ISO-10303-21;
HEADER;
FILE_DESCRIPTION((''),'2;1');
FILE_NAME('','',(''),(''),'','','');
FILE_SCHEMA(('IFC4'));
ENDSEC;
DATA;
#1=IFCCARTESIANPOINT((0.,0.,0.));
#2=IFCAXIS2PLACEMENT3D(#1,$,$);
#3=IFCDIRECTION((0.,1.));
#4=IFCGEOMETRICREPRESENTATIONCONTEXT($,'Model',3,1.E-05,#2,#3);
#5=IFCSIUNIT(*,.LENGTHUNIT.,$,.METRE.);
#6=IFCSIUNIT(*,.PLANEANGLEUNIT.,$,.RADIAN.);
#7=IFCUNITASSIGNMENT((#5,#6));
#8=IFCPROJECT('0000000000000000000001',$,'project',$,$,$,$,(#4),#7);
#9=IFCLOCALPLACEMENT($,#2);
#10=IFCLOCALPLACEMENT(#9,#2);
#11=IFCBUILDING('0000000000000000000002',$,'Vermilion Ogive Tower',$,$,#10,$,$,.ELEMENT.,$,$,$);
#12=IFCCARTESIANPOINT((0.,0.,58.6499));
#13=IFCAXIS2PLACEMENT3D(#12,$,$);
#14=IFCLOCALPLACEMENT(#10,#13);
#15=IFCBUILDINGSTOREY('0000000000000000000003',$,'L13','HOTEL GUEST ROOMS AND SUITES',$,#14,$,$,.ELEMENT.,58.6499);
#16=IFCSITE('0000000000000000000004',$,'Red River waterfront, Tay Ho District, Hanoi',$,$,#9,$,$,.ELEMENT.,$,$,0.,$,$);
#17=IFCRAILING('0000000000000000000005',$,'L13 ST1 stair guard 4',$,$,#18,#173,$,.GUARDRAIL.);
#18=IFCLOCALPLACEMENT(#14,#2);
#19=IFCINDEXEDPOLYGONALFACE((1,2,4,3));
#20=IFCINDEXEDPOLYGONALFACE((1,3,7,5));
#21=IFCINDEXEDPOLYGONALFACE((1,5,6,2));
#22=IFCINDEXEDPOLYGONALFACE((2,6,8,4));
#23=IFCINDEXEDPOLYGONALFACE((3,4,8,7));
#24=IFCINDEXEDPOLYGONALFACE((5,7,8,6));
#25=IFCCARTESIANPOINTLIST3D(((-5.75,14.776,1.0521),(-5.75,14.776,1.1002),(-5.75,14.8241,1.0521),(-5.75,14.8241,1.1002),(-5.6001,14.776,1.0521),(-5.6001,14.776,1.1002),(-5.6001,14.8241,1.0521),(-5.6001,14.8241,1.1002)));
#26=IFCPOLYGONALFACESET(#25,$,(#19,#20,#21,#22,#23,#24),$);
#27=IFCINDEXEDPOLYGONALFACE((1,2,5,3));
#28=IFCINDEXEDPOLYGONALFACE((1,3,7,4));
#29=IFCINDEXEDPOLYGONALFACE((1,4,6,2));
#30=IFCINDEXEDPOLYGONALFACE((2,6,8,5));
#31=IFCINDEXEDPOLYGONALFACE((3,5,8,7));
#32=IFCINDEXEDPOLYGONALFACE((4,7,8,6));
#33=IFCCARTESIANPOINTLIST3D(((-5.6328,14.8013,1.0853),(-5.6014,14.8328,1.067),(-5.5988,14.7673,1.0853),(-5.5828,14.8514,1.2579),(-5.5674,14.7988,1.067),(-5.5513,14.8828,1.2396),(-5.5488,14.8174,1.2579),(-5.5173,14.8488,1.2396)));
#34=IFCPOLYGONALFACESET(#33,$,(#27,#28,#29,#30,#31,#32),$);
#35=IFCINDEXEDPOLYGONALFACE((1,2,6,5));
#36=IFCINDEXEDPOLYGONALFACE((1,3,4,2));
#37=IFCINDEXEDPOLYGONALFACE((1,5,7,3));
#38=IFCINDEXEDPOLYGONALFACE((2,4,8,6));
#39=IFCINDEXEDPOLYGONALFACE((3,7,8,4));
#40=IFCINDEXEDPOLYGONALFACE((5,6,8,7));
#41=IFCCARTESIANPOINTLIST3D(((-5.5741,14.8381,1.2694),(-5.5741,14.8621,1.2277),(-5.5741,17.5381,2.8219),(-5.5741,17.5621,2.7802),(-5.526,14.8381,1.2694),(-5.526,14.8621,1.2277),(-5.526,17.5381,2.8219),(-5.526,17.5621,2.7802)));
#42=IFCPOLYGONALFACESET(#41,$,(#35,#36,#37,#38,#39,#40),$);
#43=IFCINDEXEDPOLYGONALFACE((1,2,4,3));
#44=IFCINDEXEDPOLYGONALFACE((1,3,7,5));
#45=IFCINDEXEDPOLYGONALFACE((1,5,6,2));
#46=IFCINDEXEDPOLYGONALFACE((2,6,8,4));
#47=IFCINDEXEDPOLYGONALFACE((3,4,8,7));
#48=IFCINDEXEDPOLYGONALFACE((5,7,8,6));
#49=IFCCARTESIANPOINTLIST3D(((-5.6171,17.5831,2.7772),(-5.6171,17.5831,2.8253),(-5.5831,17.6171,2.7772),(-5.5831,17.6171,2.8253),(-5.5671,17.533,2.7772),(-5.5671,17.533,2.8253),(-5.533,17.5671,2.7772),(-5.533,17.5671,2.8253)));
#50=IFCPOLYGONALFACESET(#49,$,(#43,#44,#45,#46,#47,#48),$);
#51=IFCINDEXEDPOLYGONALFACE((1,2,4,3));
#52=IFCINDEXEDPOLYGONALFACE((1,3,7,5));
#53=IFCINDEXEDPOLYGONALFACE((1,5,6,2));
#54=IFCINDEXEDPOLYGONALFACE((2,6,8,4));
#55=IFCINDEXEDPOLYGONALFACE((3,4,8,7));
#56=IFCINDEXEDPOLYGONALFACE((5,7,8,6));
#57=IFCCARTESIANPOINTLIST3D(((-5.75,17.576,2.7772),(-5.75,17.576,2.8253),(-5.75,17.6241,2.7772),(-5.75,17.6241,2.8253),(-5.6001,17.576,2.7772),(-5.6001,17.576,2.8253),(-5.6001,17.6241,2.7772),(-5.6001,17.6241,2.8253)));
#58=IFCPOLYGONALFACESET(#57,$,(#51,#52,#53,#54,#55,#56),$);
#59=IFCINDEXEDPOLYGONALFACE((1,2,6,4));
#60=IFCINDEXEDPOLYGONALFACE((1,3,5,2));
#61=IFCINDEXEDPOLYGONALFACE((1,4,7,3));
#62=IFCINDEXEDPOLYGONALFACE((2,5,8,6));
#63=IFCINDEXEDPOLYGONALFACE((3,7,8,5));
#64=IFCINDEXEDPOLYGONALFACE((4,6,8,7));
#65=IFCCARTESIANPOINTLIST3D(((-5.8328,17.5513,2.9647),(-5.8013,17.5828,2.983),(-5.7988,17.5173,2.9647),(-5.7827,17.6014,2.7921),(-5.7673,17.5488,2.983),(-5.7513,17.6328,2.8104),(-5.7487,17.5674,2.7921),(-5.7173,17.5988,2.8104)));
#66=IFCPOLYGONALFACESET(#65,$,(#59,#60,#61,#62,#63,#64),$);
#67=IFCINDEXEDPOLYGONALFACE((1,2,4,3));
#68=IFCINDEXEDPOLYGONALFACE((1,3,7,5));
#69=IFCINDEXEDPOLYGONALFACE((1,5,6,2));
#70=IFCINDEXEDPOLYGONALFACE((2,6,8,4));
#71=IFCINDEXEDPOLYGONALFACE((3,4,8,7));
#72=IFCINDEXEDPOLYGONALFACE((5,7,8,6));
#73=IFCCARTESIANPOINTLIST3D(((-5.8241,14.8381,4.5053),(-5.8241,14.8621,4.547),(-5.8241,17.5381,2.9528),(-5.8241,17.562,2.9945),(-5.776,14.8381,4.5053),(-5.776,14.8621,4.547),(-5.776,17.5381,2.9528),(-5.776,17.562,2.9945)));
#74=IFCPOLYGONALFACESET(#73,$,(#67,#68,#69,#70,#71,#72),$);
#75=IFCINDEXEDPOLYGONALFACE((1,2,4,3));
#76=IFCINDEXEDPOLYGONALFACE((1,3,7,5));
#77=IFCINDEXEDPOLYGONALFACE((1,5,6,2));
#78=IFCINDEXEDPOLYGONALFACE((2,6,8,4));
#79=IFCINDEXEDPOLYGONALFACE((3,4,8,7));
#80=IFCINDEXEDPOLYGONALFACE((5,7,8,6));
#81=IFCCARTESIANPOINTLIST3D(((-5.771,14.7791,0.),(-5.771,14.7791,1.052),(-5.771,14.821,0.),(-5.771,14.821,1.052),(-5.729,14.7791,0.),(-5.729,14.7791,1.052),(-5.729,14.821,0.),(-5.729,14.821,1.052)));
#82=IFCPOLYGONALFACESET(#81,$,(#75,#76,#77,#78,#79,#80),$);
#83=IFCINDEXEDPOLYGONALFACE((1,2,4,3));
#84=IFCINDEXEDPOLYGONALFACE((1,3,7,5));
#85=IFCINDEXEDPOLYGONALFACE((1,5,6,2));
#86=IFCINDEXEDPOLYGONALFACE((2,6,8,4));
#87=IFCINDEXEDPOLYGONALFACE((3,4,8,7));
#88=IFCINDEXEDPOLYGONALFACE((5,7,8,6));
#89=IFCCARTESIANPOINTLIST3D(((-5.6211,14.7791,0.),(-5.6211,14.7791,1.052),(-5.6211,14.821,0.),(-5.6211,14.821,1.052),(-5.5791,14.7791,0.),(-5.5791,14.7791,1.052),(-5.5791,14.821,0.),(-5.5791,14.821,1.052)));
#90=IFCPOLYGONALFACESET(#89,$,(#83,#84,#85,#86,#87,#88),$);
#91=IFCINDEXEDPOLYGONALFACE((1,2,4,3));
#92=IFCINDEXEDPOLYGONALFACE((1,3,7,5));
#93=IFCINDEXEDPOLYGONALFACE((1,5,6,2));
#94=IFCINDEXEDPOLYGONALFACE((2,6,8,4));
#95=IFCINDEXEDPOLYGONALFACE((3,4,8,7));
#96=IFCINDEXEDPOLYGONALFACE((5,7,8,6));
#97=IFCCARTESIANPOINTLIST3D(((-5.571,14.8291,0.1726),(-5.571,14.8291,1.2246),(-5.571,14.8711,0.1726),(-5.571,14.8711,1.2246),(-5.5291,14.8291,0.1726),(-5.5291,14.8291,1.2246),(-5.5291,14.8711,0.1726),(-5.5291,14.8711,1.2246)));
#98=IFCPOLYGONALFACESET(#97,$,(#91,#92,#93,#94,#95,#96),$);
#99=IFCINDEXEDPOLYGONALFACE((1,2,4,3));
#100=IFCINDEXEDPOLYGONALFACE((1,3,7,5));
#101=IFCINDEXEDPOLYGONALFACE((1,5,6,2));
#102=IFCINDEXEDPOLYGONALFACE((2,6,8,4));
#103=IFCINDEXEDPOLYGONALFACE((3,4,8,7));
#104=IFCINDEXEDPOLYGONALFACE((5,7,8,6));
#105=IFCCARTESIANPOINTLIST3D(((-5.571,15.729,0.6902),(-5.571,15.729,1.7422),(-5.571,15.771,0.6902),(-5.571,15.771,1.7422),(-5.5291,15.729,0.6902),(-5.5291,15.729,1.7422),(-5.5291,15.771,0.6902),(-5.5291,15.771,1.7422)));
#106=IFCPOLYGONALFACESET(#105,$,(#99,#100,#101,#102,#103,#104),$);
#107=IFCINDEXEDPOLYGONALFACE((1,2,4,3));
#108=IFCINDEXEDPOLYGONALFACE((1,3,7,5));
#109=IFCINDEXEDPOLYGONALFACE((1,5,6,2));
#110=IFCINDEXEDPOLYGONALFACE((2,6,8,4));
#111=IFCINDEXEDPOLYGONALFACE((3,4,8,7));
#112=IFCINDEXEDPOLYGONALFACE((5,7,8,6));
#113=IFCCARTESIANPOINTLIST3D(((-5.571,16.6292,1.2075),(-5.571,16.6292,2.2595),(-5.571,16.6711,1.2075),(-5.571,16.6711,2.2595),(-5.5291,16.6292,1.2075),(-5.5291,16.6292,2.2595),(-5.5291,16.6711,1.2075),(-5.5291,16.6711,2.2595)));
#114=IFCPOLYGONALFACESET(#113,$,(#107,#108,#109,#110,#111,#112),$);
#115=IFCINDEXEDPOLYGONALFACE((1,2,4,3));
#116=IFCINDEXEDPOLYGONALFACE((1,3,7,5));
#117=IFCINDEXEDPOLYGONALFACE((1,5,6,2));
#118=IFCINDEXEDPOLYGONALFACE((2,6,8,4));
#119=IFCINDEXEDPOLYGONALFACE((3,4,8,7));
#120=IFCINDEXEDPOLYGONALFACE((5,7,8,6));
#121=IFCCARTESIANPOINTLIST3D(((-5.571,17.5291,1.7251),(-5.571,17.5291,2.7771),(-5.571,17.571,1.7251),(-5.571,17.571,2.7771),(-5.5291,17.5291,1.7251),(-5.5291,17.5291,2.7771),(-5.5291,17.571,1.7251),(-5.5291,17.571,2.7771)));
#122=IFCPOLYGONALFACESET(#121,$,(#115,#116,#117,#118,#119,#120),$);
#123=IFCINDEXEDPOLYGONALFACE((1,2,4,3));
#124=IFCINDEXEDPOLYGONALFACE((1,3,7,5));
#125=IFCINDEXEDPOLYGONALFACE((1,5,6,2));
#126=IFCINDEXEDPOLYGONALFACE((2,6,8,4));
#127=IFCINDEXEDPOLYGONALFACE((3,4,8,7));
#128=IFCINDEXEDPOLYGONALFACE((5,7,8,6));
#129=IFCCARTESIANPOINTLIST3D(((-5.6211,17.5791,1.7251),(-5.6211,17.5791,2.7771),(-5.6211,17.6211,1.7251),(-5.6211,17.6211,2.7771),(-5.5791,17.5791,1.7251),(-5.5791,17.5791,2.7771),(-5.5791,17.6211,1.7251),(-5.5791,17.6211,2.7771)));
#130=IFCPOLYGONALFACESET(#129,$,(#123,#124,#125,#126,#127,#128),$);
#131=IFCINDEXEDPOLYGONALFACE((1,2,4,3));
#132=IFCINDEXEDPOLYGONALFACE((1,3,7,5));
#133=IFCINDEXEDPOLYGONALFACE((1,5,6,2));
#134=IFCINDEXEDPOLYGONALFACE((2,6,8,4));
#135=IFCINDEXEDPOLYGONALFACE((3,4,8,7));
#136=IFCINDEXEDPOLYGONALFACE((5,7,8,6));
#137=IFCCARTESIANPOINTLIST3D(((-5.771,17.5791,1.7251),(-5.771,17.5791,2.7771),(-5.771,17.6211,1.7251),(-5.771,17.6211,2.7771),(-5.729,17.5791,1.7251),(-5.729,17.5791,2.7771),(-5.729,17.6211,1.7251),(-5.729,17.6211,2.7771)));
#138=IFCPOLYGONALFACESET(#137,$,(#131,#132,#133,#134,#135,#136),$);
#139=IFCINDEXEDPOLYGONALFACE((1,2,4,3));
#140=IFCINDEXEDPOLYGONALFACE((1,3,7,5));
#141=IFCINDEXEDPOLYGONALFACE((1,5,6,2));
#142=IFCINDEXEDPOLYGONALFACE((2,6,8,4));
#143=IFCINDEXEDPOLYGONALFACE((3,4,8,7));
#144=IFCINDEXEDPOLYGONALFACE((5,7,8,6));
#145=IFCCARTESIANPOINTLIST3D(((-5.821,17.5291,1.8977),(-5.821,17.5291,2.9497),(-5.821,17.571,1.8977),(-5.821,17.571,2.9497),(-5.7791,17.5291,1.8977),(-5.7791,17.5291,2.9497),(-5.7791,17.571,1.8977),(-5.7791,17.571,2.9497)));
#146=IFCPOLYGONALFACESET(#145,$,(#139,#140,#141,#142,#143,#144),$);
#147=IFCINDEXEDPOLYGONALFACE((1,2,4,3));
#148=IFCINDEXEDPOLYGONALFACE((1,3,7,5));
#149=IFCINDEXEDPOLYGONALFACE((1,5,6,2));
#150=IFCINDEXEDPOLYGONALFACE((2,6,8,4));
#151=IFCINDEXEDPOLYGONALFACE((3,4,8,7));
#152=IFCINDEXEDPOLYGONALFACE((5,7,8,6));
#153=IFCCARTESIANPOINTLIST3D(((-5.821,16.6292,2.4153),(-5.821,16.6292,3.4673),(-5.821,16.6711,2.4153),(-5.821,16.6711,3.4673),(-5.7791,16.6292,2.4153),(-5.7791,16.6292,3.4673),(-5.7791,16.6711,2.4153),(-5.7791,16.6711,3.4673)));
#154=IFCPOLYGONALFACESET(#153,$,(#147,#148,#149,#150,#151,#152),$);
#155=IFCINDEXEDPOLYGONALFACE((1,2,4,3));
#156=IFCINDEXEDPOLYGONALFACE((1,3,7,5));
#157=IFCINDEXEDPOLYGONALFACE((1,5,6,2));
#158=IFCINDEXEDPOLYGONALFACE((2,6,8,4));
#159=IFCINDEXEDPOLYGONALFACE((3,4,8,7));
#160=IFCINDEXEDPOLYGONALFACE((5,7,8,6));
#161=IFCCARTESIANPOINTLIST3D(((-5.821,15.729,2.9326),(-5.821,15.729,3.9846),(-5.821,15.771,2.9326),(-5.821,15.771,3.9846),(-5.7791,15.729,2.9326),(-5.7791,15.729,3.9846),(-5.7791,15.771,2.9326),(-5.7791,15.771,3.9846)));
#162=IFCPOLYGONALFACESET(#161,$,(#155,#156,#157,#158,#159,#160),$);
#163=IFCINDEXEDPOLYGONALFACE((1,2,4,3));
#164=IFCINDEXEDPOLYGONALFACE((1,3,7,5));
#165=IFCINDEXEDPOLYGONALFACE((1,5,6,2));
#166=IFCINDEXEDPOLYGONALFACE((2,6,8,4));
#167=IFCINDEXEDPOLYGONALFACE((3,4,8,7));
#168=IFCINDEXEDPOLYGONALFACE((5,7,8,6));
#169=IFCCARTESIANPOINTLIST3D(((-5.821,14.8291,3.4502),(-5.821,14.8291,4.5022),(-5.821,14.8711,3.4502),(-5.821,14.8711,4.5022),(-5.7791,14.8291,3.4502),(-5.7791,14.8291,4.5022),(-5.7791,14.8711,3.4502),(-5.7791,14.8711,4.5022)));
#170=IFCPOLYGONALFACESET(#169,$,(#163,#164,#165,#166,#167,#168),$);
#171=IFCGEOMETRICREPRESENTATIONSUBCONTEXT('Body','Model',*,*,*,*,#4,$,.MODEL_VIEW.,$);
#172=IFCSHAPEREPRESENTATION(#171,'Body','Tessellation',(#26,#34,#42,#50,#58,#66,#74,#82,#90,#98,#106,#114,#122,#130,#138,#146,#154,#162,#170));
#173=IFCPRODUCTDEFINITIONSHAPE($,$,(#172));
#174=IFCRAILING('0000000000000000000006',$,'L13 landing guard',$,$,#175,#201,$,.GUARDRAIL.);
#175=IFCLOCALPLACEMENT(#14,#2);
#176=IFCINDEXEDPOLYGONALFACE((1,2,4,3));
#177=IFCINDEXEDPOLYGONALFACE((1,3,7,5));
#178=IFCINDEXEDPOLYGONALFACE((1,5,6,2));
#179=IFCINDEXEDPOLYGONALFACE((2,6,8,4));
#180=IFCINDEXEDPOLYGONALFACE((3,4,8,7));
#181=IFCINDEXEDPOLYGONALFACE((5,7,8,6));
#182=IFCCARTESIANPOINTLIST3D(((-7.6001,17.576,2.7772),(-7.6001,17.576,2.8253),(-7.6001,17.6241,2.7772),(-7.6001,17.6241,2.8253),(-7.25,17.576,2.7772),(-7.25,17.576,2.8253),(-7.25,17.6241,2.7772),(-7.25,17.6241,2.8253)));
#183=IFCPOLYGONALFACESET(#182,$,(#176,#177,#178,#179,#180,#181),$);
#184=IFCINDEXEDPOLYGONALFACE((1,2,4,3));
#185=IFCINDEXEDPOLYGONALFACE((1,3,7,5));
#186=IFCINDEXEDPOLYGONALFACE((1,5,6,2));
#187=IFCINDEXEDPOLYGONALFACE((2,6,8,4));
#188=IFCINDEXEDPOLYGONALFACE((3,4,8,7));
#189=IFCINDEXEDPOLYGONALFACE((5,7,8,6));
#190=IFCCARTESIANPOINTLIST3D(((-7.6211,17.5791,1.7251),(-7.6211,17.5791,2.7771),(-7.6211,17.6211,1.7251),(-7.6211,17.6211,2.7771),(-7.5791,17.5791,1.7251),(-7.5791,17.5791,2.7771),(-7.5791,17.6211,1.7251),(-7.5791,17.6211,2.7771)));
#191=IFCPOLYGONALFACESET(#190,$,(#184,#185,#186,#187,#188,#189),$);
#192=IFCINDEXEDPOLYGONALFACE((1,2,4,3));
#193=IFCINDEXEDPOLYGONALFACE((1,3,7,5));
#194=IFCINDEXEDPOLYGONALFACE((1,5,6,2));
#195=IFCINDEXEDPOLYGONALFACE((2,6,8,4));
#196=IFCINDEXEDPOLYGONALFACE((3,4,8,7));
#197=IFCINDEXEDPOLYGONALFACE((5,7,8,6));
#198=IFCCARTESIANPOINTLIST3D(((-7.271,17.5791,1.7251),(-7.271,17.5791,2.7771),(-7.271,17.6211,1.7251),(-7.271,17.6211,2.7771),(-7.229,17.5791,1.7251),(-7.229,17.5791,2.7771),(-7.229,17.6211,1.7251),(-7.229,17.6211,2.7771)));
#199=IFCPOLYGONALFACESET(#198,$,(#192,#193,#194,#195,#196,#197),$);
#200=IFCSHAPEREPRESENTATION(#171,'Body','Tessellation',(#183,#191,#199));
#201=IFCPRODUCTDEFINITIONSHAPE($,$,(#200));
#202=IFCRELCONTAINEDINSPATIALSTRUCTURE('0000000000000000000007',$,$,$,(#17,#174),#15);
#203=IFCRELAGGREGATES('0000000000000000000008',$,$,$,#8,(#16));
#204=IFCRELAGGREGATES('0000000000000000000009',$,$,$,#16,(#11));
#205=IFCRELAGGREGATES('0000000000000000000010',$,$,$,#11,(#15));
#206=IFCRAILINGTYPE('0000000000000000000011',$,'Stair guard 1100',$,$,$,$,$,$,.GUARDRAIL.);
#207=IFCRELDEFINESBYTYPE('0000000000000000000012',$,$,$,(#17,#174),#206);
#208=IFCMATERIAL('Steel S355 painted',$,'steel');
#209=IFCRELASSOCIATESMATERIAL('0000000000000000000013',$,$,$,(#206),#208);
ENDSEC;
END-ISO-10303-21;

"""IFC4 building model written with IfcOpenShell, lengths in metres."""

from ifc_helpers import new_model, si_unit, direction, frame, origin, origin_2d, place, context, subcontext, project, spatial, rectangle, extrude, material, type_object, element, save


model = new_model("IFC4")

# Units and contexts
model_context = context("Model", 3, precision=1e-05, world=origin(), true_north=direction((0.0, 1.0)))
body_context = subcontext(model_context, "Body", "Model", "MODEL_VIEW")
ifc_project = project(units=[si_unit("LENGTHUNIT", "METRE"), si_unit("PLANEANGLEUNIT", "RADIAN")], contexts=[model_context])

# Site, building, storey
site_placement = place(None, origin())
site = spatial("IfcSite", under=ifc_project, at=site_placement, Name="Red River waterfront, Tay Ho District, Hanoi", CompositionType="ELEMENT", RefElevation=0.0)
building_placement = place(site_placement, origin())
building = spatial("IfcBuilding", under=site, at=building_placement, Name="Vermilion Ogive Tower", CompositionType="ELEMENT")
storey_placement = place(building_placement, frame((0.0, 0.0, 58.6499)))
storey = spatial("IfcBuildingStorey", under=building, at=storey_placement, Name="L13", Description="HOTEL GUEST ROOMS AND SUITES", CompositionType="ELEMENT", Elevation=58.6499)

# Railings
ifc_material_1 = material(Name="Steel S355 painted", Category="steel")
railing_type_1 = type_object("IfcRailingType", Name="Stair guard 1100", PredefinedType="GUARDRAIL", material=ifc_material_1)
railing_1_placement = place(storey_placement, frame((-5.75, 14.8, 0.0)))
element("IfcRailing", 1, at=railing_1_placement, inside=storey, type_object=railing_type_1, Name="L13 ST1 stair guard 4", PredefinedType="GUARDRAIL", context=body_context, shape_type="SweptSolid", body=[
    extrude(rectangle(XDim=0.0481, YDim=0.0481, at=origin_2d()), frame((0.0, 0.0, 1.0762), z_axis=(1.0, 0.0, 0.0), x_axis=(0.0, 1.0, 0.0)), (0.0, 0.0, 1.0), 0.1499),
    extrude(rectangle(XDim=0.0481, YDim=0.0481, at=origin_2d()), frame((0.1499, 0.0, 1.0762), z_axis=(0.268278, 0.268278, 0.925232), x_axis=(-0.707107, 0.707107, 0.0)), (0.0, 0.0, 1.0), 0.1865),
    extrude(rectangle(XDim=0.0481, YDim=0.0481, at=origin_2d()), frame((0.2, 0.05, 1.2485), z_axis=(0.0, 0.866904, 0.498476), x_axis=(-1.0, 0.0, 0.0)), (0.0, 0.0, 1.0), 3.1145),
    extrude(rectangle(XDim=0.0481, YDim=0.0481, at=origin_2d()), frame((0.2, 2.75, 2.8013), z_axis=(-0.707107, 0.707107, 0.0), x_axis=(-0.707107, -0.707107, 0.0)), (0.0, 0.0, 1.0), 0.0708),
    extrude(rectangle(XDim=0.0481, YDim=0.0481, at=origin_2d()), frame((0.1499, 2.8, 2.8013), z_axis=(-1.0, 0.0, 0.0), x_axis=(0.0, -1.0, 0.0)), (0.0, 0.0, 1.0), 0.1499),
    extrude(rectangle(XDim=0.0481, YDim=0.0481, at=origin_2d()), frame((0.0, 2.8, 2.8013), z_axis=(-0.268278, -0.268278, 0.925232), x_axis=(0.707107, -0.707107, 0.0)), (0.0, 0.0, 1.0), 0.1865),
    extrude(rectangle(XDim=0.0481, YDim=0.0481, at=origin_2d()), frame((-0.05, 2.75, 2.9736), z_axis=(0.0, -0.866904, 0.498476), x_axis=(1.0, 0.0, 0.0)), (0.0, 0.0, 1.0), 3.1145),
    extrude(rectangle(XDim=0.042, YDim=0.042, at=origin_2d()), origin(), (0.0, 0.0, 1.0), 1.052),
    extrude(rectangle(XDim=0.042, YDim=0.042, at=origin_2d()), frame((0.1499, 0.0, 0.0)), (0.0, 0.0, 1.0), 1.052),
    extrude(rectangle(XDim=0.042, YDim=0.042, at=origin_2d()), frame((0.2, 0.05, 0.1726)), (0.0, 0.0, 1.0), 1.052),
    extrude(rectangle(XDim=0.042, YDim=0.042, at=origin_2d()), frame((0.2, 0.95, 0.6902)), (0.0, 0.0, 1.0), 1.052),
    extrude(rectangle(XDim=0.042, YDim=0.042, at=origin_2d()), frame((0.2, 1.8501, 1.2075)), (0.0, 0.0, 1.0), 1.052),
    extrude(rectangle(XDim=0.042, YDim=0.042, at=origin_2d()), frame((0.2, 2.75, 1.7251)), (0.0, 0.0, 1.0), 1.052),
    extrude(rectangle(XDim=0.042, YDim=0.042, at=origin_2d()), frame((0.1499, 2.8, 1.7251)), (0.0, 0.0, 1.0), 1.052),
    extrude(rectangle(XDim=0.042, YDim=0.042, at=origin_2d()), frame((0.0, 2.8, 1.7251)), (0.0, 0.0, 1.0), 1.052),
    extrude(rectangle(XDim=0.042, YDim=0.042, at=origin_2d()), frame((-0.05, 2.75, 1.8977)), (0.0, 0.0, 1.0), 1.052),
    extrude(rectangle(XDim=0.042, YDim=0.042, at=origin_2d()), frame((-0.05, 1.8501, 2.4153)), (0.0, 0.0, 1.0), 1.052),
    extrude(rectangle(XDim=0.042, YDim=0.042, at=origin_2d()), frame((-0.05, 0.95, 2.9326)), (0.0, 0.0, 1.0), 1.052),
    extrude(rectangle(XDim=0.042, YDim=0.042, at=origin_2d()), frame((-0.05, 0.05, 3.4502)), (0.0, 0.0, 1.0), 1.052),
])
railing_2_placement = place(storey_placement, frame((-7.6001, 17.6001, 1.7251)))
element("IfcRailing", 2, at=railing_2_placement, inside=storey, type_object=railing_type_1, Name="L13 landing guard", PredefinedType="GUARDRAIL", context=body_context, shape_type="SweptSolid", body=[
    extrude(rectangle(XDim=0.0481, YDim=0.0481, at=origin_2d()), frame((0.0, 0.0, 1.0762), z_axis=(1.0, 0.0, 0.0), x_axis=(0.0, 1.0, 0.0)), (0.0, 0.0, 1.0), 0.3501),
    extrude(rectangle(XDim=0.042, YDim=0.042, at=origin_2d()), origin(), (0.0, 0.0, 1.0), 1.052),
    extrude(rectangle(XDim=0.042, YDim=0.042, at=origin_2d()), frame((0.3501, 0.0, 0.0)), (0.0, 0.0, 1.0), 1.052),
])

save(model, "model.ifc")
